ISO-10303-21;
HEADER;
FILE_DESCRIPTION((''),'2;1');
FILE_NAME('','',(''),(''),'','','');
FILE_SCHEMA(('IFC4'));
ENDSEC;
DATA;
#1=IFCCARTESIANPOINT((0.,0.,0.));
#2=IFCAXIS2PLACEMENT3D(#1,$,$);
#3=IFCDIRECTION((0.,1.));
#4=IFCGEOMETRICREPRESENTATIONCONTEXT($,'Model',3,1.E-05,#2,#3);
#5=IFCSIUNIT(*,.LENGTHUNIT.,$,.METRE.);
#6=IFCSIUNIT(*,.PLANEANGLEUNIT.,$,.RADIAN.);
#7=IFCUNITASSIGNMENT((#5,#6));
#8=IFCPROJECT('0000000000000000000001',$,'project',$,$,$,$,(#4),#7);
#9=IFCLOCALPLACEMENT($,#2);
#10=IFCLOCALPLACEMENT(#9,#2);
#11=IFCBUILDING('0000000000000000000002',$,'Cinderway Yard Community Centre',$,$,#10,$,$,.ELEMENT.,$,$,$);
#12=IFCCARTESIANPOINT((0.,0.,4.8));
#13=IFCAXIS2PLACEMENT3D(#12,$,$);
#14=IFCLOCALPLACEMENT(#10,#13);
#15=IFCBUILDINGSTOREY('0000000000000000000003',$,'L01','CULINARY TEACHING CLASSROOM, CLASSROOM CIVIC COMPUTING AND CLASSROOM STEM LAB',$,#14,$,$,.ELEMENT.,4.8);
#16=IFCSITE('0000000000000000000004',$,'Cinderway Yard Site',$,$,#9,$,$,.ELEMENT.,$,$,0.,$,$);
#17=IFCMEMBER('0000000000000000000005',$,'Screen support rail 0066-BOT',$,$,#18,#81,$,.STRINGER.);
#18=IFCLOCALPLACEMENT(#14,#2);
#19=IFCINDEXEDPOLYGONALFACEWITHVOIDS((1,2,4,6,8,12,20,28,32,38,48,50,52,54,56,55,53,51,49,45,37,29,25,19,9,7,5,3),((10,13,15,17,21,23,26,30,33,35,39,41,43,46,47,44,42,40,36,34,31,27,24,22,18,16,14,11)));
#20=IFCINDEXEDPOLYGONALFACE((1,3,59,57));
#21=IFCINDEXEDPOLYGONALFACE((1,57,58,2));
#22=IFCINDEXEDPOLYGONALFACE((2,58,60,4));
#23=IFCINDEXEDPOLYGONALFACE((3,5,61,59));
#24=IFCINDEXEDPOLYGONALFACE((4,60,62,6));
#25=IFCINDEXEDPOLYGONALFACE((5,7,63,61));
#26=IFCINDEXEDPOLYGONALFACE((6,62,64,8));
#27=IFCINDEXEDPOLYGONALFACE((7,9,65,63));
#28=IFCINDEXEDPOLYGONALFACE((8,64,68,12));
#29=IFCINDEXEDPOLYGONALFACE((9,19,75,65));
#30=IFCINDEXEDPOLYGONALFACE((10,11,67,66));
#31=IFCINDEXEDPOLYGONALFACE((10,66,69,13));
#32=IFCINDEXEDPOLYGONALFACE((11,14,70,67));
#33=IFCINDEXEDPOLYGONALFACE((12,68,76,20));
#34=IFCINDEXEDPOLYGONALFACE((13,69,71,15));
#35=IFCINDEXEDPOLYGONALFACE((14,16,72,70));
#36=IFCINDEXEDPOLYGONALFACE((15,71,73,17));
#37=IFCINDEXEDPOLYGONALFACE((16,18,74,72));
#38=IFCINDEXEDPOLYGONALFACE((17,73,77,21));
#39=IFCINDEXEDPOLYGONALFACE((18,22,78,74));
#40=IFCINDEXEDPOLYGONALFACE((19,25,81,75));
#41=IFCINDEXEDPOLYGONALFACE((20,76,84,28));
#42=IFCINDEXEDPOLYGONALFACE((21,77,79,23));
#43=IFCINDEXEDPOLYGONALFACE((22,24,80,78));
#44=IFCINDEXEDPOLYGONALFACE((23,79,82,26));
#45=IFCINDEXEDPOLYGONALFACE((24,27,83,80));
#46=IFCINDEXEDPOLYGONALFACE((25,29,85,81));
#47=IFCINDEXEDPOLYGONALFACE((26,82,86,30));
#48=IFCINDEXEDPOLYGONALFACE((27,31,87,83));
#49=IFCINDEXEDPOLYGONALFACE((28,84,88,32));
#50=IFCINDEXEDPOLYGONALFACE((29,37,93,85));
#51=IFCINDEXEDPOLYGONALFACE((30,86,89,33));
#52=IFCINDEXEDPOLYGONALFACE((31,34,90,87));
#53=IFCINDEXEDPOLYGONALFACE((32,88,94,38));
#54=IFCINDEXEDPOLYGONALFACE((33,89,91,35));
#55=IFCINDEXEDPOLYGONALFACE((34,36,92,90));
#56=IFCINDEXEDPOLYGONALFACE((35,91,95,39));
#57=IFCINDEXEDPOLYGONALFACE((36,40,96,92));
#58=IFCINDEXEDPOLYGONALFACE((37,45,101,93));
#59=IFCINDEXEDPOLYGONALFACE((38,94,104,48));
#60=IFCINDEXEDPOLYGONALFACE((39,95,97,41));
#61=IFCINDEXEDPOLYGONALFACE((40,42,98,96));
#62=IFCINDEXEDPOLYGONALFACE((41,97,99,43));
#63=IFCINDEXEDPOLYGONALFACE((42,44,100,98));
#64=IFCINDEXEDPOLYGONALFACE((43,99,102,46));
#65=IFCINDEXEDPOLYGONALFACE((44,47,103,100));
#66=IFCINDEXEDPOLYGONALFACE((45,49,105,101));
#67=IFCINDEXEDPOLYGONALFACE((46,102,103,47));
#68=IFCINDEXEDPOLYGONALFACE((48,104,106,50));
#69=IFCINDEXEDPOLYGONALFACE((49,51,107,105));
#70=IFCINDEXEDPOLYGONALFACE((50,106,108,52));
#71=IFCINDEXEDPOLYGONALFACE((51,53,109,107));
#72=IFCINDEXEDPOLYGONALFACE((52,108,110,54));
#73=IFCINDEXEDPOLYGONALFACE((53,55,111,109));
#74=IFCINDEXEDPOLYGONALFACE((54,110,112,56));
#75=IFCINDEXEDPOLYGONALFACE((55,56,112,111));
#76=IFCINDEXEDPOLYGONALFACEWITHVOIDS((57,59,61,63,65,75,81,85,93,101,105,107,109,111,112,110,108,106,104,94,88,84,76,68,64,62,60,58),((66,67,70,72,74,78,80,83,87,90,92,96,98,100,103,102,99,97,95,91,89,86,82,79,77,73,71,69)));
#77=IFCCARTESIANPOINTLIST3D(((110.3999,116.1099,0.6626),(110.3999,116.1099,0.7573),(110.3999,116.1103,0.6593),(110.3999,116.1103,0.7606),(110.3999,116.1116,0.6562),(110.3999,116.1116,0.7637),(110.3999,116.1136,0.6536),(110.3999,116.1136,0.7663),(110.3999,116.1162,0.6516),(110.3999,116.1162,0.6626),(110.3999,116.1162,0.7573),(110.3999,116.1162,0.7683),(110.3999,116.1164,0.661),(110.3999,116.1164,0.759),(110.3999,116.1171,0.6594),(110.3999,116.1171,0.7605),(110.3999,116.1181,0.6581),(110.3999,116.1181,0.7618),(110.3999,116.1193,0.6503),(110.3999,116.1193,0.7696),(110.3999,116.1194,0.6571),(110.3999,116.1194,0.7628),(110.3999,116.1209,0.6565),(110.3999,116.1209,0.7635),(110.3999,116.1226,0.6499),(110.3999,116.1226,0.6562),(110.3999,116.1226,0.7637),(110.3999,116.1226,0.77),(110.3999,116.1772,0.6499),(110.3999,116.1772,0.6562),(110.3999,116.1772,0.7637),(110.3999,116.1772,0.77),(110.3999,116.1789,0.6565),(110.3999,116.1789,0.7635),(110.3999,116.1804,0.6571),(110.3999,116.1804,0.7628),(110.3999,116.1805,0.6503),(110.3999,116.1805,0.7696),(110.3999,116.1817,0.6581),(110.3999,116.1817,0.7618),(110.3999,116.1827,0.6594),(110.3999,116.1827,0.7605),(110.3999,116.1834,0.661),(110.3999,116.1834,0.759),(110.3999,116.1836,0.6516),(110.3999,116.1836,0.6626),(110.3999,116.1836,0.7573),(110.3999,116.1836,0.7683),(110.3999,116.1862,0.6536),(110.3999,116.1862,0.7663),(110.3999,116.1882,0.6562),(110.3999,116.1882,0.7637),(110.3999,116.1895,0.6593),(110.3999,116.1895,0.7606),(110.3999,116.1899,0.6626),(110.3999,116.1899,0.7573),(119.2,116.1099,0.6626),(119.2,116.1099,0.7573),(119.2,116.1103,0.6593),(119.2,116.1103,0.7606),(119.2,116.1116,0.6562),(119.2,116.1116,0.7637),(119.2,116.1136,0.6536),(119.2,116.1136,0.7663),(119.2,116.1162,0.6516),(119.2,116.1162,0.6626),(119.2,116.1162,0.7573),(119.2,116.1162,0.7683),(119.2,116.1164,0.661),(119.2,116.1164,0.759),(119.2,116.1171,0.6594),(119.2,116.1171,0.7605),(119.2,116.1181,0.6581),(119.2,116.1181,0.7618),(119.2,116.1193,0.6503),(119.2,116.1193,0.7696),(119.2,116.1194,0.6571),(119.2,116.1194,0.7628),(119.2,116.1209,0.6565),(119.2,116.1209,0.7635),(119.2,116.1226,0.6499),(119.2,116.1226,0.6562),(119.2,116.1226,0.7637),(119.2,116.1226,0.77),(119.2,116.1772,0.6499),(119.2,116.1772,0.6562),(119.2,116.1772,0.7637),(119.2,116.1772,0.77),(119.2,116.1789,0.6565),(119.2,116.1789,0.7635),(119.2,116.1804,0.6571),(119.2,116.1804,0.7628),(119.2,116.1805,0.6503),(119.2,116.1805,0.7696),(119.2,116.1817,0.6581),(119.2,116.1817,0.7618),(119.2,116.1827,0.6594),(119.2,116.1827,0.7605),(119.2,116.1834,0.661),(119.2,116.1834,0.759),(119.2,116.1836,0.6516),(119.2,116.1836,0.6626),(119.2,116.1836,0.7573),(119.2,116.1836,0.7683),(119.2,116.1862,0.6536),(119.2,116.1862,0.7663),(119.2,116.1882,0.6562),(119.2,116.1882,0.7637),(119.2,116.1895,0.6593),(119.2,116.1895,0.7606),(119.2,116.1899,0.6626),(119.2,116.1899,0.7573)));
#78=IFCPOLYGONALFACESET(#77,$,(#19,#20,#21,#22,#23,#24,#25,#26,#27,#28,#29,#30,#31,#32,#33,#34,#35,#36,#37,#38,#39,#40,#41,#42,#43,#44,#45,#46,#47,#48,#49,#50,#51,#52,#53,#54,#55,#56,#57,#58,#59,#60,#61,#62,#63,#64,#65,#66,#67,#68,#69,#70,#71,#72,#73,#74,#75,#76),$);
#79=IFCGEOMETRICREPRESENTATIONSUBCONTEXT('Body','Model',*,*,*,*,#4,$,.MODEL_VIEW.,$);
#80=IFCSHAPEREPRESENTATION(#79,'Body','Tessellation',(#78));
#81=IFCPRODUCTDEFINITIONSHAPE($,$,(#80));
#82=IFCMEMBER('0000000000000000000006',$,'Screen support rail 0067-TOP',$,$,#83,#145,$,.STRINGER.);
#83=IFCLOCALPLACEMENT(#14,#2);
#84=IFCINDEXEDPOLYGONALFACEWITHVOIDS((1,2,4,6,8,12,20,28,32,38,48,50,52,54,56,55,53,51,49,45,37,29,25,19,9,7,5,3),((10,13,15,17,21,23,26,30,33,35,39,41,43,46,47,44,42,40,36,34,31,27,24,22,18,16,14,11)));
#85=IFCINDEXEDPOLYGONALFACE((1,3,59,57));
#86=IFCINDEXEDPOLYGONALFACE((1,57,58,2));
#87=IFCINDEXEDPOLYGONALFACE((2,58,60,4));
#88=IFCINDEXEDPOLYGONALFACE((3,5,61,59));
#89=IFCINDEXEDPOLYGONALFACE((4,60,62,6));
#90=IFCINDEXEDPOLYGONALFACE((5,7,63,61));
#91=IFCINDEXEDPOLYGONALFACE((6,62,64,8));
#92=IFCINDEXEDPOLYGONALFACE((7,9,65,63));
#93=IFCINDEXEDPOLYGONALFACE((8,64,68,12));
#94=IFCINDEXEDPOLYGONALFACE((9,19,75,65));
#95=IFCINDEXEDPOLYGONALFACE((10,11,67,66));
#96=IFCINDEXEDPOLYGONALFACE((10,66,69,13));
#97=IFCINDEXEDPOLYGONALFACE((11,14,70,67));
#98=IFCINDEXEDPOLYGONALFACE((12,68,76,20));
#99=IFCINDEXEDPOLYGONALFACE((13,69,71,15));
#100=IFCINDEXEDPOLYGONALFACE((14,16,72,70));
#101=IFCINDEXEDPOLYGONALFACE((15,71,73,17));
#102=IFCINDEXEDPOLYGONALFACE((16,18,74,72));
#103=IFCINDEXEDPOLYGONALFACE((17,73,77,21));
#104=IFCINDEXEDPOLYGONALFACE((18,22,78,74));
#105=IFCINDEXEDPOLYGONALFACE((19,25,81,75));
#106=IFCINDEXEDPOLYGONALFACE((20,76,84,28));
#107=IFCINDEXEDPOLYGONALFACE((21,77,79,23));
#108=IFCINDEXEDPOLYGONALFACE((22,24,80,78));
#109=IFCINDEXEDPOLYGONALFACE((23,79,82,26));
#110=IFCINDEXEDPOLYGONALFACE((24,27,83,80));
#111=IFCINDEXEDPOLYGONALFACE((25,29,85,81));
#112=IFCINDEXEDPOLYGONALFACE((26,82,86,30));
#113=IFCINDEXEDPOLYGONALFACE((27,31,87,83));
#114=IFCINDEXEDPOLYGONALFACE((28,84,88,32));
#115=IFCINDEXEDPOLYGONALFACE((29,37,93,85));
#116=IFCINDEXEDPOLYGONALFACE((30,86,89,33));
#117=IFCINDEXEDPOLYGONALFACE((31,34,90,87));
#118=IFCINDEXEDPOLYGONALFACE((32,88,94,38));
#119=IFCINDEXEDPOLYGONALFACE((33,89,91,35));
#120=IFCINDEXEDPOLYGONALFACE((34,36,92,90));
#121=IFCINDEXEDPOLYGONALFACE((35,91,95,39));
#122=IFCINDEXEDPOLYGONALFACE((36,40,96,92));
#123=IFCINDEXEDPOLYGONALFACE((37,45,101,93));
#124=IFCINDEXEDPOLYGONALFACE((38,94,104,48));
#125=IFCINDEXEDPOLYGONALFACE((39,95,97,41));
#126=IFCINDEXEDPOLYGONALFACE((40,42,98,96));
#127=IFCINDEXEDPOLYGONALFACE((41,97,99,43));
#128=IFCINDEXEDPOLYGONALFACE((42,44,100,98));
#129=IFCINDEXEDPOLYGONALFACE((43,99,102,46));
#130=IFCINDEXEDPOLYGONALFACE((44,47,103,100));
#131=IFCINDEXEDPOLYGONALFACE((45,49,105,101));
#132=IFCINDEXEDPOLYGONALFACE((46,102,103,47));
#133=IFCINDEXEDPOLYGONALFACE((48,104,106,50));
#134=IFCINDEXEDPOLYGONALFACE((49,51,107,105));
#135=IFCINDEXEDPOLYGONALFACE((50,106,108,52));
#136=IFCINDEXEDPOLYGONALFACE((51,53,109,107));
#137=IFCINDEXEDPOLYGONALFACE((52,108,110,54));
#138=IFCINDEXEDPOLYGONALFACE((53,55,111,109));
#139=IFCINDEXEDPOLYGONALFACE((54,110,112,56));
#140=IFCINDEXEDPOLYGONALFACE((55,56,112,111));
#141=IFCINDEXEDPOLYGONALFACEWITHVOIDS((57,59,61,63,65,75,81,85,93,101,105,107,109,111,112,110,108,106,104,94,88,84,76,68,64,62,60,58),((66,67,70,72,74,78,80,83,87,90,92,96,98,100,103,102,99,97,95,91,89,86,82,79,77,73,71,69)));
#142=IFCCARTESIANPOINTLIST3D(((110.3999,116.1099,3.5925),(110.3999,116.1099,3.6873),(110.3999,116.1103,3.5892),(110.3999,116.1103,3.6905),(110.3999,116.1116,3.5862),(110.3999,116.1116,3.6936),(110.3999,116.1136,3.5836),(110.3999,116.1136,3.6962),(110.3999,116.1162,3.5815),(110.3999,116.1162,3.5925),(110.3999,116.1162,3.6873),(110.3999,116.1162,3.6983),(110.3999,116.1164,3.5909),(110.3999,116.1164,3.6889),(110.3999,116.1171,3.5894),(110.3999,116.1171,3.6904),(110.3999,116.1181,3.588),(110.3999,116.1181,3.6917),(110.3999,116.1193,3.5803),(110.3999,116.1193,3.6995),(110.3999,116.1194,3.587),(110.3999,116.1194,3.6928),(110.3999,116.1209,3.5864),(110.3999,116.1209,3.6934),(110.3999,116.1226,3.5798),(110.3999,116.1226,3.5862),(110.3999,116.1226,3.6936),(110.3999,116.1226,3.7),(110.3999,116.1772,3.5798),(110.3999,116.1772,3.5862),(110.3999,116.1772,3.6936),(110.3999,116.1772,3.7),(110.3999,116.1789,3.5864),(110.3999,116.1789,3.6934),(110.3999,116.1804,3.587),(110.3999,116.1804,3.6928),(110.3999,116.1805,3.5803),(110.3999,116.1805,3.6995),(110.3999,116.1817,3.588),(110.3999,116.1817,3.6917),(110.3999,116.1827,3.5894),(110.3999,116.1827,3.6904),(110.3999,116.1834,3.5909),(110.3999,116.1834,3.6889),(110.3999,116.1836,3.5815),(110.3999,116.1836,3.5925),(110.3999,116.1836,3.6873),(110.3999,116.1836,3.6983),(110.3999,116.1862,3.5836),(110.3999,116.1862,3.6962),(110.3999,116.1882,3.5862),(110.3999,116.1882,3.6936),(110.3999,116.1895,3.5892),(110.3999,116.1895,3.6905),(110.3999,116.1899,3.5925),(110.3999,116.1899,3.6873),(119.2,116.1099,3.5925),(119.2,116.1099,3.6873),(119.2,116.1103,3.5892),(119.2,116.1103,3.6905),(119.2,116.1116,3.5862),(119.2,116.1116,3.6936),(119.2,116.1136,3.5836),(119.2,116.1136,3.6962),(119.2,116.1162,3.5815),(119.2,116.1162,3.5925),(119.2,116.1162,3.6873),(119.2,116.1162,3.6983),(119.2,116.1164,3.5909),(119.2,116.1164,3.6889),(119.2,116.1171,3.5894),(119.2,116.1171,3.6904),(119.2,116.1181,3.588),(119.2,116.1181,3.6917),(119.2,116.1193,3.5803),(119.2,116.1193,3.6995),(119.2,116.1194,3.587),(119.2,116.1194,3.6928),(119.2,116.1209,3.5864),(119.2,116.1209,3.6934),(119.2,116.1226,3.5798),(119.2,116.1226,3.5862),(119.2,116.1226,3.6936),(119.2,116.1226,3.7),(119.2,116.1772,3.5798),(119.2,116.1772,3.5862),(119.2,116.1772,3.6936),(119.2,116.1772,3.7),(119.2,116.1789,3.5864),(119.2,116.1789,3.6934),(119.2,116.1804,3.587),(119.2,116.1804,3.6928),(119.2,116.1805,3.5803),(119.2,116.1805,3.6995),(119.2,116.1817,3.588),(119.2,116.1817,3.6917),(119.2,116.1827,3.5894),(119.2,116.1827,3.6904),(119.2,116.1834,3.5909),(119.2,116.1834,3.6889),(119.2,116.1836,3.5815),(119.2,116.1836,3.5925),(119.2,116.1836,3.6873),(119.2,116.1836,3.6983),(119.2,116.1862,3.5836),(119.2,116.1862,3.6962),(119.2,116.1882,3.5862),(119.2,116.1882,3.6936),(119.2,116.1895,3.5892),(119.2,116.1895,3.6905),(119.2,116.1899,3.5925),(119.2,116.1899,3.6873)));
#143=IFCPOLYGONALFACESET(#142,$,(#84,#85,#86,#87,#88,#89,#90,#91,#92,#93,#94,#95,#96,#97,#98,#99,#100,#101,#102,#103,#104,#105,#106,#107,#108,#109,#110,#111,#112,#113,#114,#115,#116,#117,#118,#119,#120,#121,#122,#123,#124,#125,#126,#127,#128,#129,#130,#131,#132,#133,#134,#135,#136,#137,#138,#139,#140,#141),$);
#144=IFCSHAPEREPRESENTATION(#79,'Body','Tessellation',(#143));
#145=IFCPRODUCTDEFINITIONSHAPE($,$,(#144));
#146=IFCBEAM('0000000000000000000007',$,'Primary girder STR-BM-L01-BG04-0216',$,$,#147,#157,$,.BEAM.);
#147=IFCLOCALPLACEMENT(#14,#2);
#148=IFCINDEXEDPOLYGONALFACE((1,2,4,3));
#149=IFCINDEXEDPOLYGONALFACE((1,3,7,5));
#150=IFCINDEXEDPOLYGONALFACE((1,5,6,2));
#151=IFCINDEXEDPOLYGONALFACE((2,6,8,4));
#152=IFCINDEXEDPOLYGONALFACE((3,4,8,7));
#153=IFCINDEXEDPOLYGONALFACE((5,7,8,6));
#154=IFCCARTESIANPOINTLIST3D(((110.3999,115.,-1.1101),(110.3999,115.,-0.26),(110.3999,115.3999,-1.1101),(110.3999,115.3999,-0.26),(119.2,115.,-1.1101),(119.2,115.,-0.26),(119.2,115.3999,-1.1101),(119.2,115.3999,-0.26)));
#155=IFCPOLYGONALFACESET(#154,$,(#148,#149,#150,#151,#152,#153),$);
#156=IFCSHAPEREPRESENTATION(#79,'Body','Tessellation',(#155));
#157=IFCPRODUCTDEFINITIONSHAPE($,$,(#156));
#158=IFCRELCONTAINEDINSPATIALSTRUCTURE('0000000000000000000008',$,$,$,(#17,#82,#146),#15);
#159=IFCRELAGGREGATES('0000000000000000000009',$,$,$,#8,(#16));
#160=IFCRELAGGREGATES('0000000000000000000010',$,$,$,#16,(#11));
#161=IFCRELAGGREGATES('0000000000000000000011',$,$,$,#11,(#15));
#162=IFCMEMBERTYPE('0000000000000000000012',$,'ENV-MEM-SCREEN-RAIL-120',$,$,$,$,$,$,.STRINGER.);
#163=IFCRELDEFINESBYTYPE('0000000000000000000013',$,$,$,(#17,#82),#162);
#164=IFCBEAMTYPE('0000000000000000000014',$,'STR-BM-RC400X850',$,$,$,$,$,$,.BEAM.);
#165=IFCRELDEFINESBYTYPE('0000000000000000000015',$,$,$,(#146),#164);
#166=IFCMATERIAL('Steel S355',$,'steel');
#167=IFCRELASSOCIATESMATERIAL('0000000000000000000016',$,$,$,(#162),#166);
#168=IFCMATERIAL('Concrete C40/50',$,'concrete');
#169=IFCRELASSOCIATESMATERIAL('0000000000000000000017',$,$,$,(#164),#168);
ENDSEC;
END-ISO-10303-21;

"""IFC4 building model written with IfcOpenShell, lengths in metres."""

from ifc_helpers import new_model, si_unit, direction, frame, origin, origin_2d, place, context, subcontext, project, spatial, rectangle, hollow_rectangle, extrude, material, material_profile, profile_set, type_object, element, save


model = new_model("IFC4")

# Units and contexts
model_context = context("Model", 3, precision=1e-05, world=origin(), true_north=direction((0.0, 1.0)))
body_context = subcontext(model_context, "Body", "Model", "MODEL_VIEW")
ifc_project = project(units=[si_unit("LENGTHUNIT", "METRE"), si_unit("PLANEANGLEUNIT", "RADIAN")], contexts=[model_context])

# Site, building, storey
site_placement = place(None, origin())
site = spatial("IfcSite", under=ifc_project, at=site_placement, Name="Cinderway Yard Site", CompositionType="ELEMENT", RefElevation=0.0)
building_placement = place(site_placement, origin())
building = spatial("IfcBuilding", under=site, at=building_placement, Name="Cinderway Yard Community Centre", CompositionType="ELEMENT")
storey_placement = place(building_placement, frame((0.0, 0.0, 4.8)))
storey = spatial("IfcBuildingStorey", under=building, at=storey_placement, Name="L01", Description="CULINARY TEACHING CLASSROOM, CLASSROOM CIVIC COMPUTING AND CLASSROOM STEM LAB", CompositionType="ELEMENT", Elevation=4.8)

# Shared definitions
ifc_material_1 = material(Name="Concrete C40/50", Category="concrete")

# Members
ifc_material_2 = material(Name="Steel S355", Category="steel")
ifc_material_profile_1 = material_profile(ifc_material_2, hollow_rectangle(XDim=0.0801, YDim=0.1201, WallThickness=0.0063, InnerFilletRadius=0.0063, OuterFilletRadius=0.0127, at=origin_2d()), Name="Steel S355")
ifc_profile_set_1 = profile_set([ifc_material_profile_1], Name="Steel S355")
member_type_1 = type_object("IfcMemberType", Name="ENV-MEM-SCREEN-RAIL-120", PredefinedType="STRINGER", material=ifc_profile_set_1)
for number, where, z_axis, x_axis, name in (
    (1, (110.3999, 116.1499, 0.71), (1.0, 0.0, 0.0), (0.0, 1.0, 0.0), "Screen support rail 0066-BOT"),
    (2, (110.3999, 116.1499, 3.6399), (1.0, 0.0, 0.0), (0.0, 1.0, 0.0), "Screen support rail 0067-TOP"),
):
    element("IfcMember", number, at=place(storey_placement, frame(where, z_axis=z_axis, x_axis=x_axis)), inside=storey, type_object=member_type_1, Name=name, PredefinedType="STRINGER", context=body_context, shape_type="SweptSolid", body=[
        extrude(hollow_rectangle(XDim=0.0801, YDim=0.1201, WallThickness=0.0063, InnerFilletRadius=0.0063, OuterFilletRadius=0.0127, at=origin_2d()), origin(), (0.0, 0.0, 1.0), 8.8),
    ])

# Beam
ifc_material_profile_2 = material_profile(ifc_material_1, rectangle(XDim=0.3999, YDim=0.8501, at=origin_2d()), Name="Concrete C40/50")
ifc_profile_set_2 = profile_set([ifc_material_profile_2], Name="Concrete C40/50")
beam_type = type_object("IfcBeamType", Name="STR-BM-RC400X850", PredefinedType="BEAM", material=ifc_profile_set_2)
beam_placement = place(storey_placement, frame((110.3999, 115.2, -0.6851), z_axis=(1.0, 0.0, 0.0), x_axis=(0.0, 1.0, 0.0)))
element("IfcBeam", 3, at=beam_placement, inside=storey, type_object=beam_type, Name="Primary girder STR-BM-L01-BG04-0216", PredefinedType="BEAM", context=body_context, shape_type="SweptSolid", body=[
    extrude(rectangle(XDim=0.3999, YDim=0.8501, at=origin_2d()), origin(), (0.0, 0.0, 1.0), 8.8),
])

save(model, "model.ifc")
